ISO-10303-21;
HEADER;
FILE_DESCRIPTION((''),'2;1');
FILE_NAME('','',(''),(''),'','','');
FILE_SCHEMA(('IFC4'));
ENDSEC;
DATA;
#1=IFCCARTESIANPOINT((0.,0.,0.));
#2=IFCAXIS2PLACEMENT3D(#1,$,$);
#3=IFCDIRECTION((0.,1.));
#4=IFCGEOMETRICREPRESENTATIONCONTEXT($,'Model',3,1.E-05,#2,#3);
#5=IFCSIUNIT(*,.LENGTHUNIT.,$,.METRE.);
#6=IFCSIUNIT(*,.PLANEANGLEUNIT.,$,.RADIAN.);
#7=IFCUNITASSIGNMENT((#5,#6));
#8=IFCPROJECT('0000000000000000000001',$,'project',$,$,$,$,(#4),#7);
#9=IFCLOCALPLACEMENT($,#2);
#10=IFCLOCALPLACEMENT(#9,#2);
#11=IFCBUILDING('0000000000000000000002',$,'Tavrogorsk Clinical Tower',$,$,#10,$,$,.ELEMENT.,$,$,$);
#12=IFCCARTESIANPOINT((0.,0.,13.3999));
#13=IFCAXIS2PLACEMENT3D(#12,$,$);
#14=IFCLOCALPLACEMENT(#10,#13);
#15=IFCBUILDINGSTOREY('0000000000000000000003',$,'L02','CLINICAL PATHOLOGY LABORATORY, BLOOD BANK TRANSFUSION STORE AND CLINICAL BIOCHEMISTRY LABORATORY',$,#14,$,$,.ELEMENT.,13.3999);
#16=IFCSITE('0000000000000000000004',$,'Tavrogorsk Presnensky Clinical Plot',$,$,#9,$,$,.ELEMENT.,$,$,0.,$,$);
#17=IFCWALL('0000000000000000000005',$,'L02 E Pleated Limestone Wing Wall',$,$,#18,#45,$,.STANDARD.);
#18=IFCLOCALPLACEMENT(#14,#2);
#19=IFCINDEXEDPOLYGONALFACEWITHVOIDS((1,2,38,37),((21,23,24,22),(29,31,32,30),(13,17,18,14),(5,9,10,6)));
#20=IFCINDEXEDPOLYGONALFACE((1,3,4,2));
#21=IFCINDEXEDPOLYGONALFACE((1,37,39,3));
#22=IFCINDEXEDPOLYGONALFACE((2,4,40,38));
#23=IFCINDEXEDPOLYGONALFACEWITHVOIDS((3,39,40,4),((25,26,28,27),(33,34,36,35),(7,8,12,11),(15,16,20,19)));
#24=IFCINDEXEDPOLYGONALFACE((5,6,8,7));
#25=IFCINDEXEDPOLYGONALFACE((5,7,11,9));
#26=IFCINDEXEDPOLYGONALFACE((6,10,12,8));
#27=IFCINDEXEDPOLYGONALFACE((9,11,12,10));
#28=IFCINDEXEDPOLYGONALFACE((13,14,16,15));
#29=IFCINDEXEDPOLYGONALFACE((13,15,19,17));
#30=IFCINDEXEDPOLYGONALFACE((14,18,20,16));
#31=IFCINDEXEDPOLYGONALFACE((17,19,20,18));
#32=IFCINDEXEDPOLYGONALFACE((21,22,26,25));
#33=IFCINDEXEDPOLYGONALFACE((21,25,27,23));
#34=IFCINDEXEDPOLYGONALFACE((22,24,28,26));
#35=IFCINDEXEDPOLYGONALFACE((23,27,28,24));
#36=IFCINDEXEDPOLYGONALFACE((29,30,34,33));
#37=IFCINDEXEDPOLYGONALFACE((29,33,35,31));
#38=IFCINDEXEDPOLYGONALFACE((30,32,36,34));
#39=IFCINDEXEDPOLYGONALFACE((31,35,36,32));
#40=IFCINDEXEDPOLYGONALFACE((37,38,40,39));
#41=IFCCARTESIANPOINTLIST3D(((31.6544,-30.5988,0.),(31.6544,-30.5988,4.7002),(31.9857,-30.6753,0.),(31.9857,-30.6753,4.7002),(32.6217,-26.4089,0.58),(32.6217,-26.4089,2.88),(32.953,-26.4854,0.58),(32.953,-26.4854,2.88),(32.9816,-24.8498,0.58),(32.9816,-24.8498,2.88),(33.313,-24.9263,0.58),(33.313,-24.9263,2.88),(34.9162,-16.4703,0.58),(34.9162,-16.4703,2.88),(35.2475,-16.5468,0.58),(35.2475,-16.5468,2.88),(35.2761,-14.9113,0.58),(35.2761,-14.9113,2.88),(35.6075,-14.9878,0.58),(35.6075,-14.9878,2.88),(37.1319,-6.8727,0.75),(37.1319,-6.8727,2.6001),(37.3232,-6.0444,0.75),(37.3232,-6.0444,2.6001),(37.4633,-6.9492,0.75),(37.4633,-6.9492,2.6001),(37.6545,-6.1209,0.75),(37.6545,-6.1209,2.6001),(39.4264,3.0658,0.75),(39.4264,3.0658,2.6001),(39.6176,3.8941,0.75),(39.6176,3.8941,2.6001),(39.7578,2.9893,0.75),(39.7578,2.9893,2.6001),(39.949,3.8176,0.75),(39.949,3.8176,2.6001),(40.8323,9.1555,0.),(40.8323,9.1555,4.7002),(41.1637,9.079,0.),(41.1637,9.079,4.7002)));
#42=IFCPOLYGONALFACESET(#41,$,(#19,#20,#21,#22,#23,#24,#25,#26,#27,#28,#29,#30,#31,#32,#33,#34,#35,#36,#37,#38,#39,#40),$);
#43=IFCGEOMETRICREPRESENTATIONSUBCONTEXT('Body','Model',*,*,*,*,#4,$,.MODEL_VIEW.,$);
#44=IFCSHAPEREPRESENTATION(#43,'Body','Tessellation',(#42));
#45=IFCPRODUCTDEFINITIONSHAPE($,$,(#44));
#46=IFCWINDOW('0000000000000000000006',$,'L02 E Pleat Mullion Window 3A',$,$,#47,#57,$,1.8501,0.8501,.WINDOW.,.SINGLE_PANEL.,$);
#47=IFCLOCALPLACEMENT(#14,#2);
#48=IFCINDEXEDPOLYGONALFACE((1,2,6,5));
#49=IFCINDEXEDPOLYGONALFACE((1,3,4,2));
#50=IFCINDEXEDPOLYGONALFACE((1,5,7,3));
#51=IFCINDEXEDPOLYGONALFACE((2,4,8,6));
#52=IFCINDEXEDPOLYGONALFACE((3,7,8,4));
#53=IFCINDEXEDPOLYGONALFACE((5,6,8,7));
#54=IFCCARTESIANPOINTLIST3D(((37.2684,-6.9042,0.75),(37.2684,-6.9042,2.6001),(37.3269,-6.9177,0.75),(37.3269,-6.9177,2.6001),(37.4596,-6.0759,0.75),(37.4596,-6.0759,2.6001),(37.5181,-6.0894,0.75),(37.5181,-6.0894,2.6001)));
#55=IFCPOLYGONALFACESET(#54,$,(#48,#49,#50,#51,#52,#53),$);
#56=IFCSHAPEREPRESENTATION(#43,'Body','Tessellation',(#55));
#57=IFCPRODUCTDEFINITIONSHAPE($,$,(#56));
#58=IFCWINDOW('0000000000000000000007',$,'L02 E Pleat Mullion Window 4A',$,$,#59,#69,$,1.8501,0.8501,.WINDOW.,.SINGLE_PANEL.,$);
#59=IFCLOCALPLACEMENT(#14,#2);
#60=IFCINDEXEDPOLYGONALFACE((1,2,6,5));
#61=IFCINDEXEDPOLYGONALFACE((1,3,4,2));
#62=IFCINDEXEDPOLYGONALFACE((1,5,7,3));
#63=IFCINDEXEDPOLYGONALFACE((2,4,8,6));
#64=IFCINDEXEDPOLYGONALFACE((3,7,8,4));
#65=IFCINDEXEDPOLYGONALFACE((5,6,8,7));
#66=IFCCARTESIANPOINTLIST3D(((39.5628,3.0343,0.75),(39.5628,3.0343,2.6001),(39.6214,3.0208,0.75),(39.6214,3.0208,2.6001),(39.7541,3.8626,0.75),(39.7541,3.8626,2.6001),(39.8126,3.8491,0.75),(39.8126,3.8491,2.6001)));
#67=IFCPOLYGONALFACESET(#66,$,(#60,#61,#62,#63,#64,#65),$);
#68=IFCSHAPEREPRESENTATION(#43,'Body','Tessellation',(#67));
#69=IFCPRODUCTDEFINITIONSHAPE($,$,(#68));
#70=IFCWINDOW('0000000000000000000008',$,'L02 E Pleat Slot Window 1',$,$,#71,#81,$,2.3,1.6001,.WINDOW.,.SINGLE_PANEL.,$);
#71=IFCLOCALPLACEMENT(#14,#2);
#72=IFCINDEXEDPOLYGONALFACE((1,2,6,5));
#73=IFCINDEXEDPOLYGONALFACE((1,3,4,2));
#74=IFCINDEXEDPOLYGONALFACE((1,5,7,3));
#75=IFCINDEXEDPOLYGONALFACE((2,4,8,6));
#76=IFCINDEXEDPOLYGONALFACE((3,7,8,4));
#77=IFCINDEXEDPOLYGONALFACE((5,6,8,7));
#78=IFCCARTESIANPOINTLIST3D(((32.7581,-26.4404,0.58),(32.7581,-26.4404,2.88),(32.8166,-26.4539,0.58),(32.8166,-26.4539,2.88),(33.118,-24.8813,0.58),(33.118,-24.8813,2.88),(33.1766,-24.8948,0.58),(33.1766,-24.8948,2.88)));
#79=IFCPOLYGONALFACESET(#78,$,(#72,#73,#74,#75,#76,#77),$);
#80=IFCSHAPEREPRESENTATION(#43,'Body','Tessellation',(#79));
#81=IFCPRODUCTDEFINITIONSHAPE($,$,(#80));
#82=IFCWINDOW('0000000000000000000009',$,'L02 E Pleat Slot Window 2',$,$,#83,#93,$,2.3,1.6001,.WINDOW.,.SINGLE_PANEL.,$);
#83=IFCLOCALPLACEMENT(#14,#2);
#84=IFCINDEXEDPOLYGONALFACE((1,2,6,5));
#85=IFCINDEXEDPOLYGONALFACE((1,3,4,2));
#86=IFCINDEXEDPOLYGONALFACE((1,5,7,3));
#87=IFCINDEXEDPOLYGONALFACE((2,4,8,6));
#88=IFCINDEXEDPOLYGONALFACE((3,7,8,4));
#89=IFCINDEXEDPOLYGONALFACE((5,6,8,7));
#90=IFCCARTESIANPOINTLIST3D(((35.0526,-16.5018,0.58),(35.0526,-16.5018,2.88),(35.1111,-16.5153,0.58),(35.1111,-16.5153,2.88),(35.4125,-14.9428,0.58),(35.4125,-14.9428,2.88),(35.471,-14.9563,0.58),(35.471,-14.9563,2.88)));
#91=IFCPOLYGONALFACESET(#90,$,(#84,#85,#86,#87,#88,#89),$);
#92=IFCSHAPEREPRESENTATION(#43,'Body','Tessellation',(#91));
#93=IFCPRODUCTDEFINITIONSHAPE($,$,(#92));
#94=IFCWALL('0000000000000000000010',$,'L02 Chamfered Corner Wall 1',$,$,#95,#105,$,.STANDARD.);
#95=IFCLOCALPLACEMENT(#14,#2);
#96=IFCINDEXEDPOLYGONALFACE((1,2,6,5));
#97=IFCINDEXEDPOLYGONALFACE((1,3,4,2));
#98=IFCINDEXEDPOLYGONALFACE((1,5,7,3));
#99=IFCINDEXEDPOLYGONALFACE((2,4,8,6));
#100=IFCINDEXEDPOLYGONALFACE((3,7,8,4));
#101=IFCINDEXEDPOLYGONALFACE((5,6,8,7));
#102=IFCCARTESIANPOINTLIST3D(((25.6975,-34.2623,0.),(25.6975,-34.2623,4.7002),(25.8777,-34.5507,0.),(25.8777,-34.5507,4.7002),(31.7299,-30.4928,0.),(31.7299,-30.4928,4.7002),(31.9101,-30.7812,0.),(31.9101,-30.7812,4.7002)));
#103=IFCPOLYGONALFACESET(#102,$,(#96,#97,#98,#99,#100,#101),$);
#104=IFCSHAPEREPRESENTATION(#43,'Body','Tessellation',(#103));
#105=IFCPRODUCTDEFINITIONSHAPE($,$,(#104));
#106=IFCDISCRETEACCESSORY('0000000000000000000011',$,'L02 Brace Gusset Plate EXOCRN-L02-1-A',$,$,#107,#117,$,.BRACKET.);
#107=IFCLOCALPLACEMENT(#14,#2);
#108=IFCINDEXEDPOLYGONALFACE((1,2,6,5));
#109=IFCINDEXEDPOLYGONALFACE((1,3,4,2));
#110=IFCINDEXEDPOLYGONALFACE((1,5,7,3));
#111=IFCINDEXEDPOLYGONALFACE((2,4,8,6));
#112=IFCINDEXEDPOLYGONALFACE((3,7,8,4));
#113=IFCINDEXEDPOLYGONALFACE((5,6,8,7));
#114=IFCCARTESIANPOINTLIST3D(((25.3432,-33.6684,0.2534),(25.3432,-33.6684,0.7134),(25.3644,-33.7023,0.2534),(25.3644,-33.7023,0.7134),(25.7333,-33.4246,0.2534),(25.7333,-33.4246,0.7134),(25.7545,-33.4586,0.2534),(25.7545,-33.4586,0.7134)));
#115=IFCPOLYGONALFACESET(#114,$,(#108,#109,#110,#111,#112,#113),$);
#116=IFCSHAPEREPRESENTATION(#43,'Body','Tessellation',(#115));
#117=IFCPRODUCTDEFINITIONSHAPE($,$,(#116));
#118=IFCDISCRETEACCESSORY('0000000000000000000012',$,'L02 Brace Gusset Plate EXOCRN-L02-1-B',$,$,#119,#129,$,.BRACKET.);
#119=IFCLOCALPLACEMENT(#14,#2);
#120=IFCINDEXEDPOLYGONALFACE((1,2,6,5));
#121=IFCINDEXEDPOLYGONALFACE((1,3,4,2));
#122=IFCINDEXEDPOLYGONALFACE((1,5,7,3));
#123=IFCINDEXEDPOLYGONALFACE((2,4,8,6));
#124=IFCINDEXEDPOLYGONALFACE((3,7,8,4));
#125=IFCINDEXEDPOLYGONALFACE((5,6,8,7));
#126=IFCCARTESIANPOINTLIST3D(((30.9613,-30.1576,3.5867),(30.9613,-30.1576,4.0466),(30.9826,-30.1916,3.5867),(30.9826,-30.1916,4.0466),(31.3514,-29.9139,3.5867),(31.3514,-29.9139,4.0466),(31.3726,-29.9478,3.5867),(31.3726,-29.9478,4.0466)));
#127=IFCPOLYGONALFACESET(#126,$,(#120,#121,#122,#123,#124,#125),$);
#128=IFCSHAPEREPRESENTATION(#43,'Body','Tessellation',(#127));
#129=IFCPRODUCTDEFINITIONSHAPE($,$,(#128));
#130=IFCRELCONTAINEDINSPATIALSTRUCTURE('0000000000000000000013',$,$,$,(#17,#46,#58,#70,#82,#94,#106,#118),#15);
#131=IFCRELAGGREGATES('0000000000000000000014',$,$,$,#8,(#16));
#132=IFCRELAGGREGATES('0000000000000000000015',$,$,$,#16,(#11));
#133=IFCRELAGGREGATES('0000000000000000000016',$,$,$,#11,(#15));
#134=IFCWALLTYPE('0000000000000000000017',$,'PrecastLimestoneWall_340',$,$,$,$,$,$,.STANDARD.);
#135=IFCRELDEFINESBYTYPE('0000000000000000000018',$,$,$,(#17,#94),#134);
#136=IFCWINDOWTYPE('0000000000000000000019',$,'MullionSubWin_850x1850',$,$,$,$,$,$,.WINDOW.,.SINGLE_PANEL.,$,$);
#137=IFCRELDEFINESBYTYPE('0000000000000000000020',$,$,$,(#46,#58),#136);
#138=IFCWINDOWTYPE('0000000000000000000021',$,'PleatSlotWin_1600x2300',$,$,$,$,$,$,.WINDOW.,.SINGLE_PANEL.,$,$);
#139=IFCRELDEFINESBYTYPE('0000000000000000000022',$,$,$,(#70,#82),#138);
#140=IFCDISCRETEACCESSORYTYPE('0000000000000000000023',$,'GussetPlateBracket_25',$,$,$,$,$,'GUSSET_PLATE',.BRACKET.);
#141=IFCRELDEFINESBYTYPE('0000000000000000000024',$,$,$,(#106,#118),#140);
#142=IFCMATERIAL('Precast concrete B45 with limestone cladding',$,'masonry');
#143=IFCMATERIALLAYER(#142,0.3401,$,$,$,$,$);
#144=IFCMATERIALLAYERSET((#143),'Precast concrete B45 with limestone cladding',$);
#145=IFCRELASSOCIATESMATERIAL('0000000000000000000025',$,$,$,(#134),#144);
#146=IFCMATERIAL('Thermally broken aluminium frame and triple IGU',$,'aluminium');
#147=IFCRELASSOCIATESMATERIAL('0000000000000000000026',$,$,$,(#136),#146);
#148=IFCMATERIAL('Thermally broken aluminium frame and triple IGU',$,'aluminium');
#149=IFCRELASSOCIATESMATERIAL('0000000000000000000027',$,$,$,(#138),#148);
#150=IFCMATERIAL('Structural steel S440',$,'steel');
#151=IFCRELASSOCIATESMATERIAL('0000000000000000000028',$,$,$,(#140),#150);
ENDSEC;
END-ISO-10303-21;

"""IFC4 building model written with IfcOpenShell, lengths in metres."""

from ifc_helpers import new_model, si_unit, direction, frame, frame_2d, origin, origin_2d, place, context, subcontext, project, spatial, rectangle, extrude, material, layer, layer_set, type_object, element, fill, save


model = new_model("IFC4")

# Units and contexts
model_context = context("Model", 3, precision=1e-05, world=origin(), true_north=direction((0.0, 1.0)))
body_context = subcontext(model_context, "Body", "Model", "MODEL_VIEW")
ifc_project = project(units=[si_unit("LENGTHUNIT", "METRE"), si_unit("PLANEANGLEUNIT", "RADIAN")], contexts=[model_context])

# Site, building, storey
site_placement = place(None, origin())
site = spatial("IfcSite", under=ifc_project, at=site_placement, Name="Tavrogorsk Presnensky Clinical Plot", CompositionType="ELEMENT", RefElevation=0.0)
building_placement = place(site_placement, origin())
building = spatial("IfcBuilding", under=site, at=building_placement, Name="Tavrogorsk Clinical Tower", CompositionType="ELEMENT")
storey_placement = place(building_placement, frame((0.0, 0.0, 13.3999)))
storey = spatial("IfcBuildingStorey", under=building, at=storey_placement, Name="L02", Description="CLINICAL PATHOLOGY LABORATORY, BLOOD BANK TRANSFUSION STORE AND CLINICAL BIOCHEMISTRY LABORATORY", CompositionType="ELEMENT", Elevation=13.3999)

# Wall, openings, windows
ifc_material_1 = material(Name="Precast concrete B45 with limestone cladding", Category="masonry")
ifc_layer_1 = layer(ifc_material_1, 0.3401)
ifc_layer_set_1 = layer_set([ifc_layer_1], Name="Precast concrete B45 with limestone cladding")
wall_type_1 = type_object("IfcWallType", Name="PrecastLimestoneWall_340", PredefinedType="STANDARD", material=ifc_layer_set_1)
wall_1_placement = place(storey_placement, frame((31.8201, -30.637, 0.0), z_axis=(0.0, 0.0, 1.0), x_axis=(0.22495, 0.97437, 0.0)))
wall_1 = element("IfcWall", 1, at=wall_1_placement, inside=storey, type_object=wall_type_1, Name="L02 E Pleated Limestone Wing Wall", PredefinedType="STANDARD", context=body_context, shape_type="SweptSolid", body=[
    extrude(rectangle(XDim=40.8, YDim=0.3401, at=frame_2d((20.3999, 0.0))), origin(), (0.0, 0.0, 1.0), 4.7002),
])
opening_1_placement = place(wall_1_placement, frame((4.3, 0.0, 0.5801)))
opening_1 = element("IfcOpeningElement", 2, at=opening_1_placement, cuts=wall_1, PredefinedType="OPENING", context=body_context, shape_type="SweptSolid", body=[
    extrude(rectangle(XDim=1.6001, YDim=2.3, at=frame_2d((0.8, 1.1499))), frame((0.0, 0.1799, 0.0), z_axis=(0.0, -1.0, 0.0), x_axis=(1.0, 0.0, 0.0)), (0.0, 0.0, 1.0), 0.3601),
])
opening_2_placement = place(wall_1_placement, frame((14.5, 0.0, 0.5801)))
opening_2 = element("IfcOpeningElement", 3, at=opening_2_placement, cuts=wall_1, PredefinedType="OPENING", context=body_context, shape_type="SweptSolid", body=[
    extrude(rectangle(XDim=1.6001, YDim=2.3, at=frame_2d((0.8, 1.1499))), frame((0.0, 0.1799, 0.0), z_axis=(0.0, -1.0, 0.0), x_axis=(1.0, 0.0, 0.0)), (0.0, 0.0, 1.0), 0.3601),
])
opening_3_placement = place(wall_1_placement, frame((24.3501, 0.0, 0.75)))
opening_3 = element("IfcOpeningElement", 4, at=opening_3_placement, cuts=wall_1, PredefinedType="OPENING", context=body_context, shape_type="SweptSolid", body=[
    extrude(rectangle(XDim=0.8501, YDim=1.8501, at=frame_2d((0.425, 0.925))), frame((0.0, 0.1799, 0.0), z_axis=(0.0, -1.0, 0.0), x_axis=(1.0, 0.0, 0.0)), (0.0, 0.0, 1.0), 0.3601),
])
opening_4_placement = place(wall_1_placement, frame((34.55, 0.0, 0.75)))
opening_4 = element("IfcOpeningElement", 5, at=opening_4_placement, cuts=wall_1, PredefinedType="OPENING", context=body_context, shape_type="SweptSolid", body=[
    extrude(rectangle(XDim=0.8501, YDim=1.8501, at=frame_2d((0.425, 0.925))), frame((0.0, 0.1799, 0.0), z_axis=(0.0, -1.0, 0.0), x_axis=(1.0, 0.0, 0.0)), (0.0, 0.0, 1.0), 0.3601),
])
ifc_material_2 = material(Name="Thermally broken aluminium frame and triple IGU", Category="aluminium")
window_type_1 = type_object("IfcWindowType", Name="MullionSubWin_850x1850", PartitioningType="SINGLE_PANEL", PredefinedType="WINDOW", material=ifc_material_2)
window_1_placement = place(opening_3_placement, origin())
window_1 = element("IfcWindow", 6, at=window_1_placement, inside=storey, type_object=window_type_1, Name="L02 E Pleat Mullion Window 3A", OverallHeight=1.8501, OverallWidth=0.8501, PartitioningType="SINGLE_PANEL", PredefinedType="WINDOW", context=body_context, shape_type="SweptSolid", body=[
    extrude(rectangle(XDim=0.8501, YDim=1.8501, at=frame_2d((0.425, 0.925))), frame((0.0, 0.03, 0.0), z_axis=(0.0, -1.0, 0.0), x_axis=(1.0, 0.0, 0.0)), (0.0, 0.0, 1.0), 0.0601),
])
fill(opening_3, window_1)
window_2_placement = place(opening_4_placement, origin())
window_2 = element("IfcWindow", 7, at=window_2_placement, inside=storey, type_object=window_type_1, Name="L02 E Pleat Mullion Window 4A", OverallHeight=1.8501, OverallWidth=0.8501, PartitioningType="SINGLE_PANEL", PredefinedType="WINDOW", context=body_context, shape_type="SweptSolid", body=[
    extrude(rectangle(XDim=0.8501, YDim=1.8501, at=frame_2d((0.425, 0.925))), frame((0.0, 0.03, 0.0), z_axis=(0.0, -1.0, 0.0), x_axis=(1.0, 0.0, 0.0)), (0.0, 0.0, 1.0), 0.0601),
])
fill(opening_4, window_2)
ifc_material_3 = material(Name="Thermally broken aluminium frame and triple IGU", Category="aluminium")
window_type_2 = type_object("IfcWindowType", Name="PleatSlotWin_1600x2300", PartitioningType="SINGLE_PANEL", PredefinedType="WINDOW", material=ifc_material_3)
window_3_placement = place(opening_1_placement, origin())
window_3 = element("IfcWindow", 8, at=window_3_placement, inside=storey, type_object=window_type_2, Name="L02 E Pleat Slot Window 1", OverallHeight=2.3, OverallWidth=1.6001, PartitioningType="SINGLE_PANEL", PredefinedType="WINDOW", context=body_context, shape_type="SweptSolid", body=[
    extrude(rectangle(XDim=1.6001, YDim=2.3, at=frame_2d((0.8, 1.1499))), frame((0.0, 0.03, 0.0), z_axis=(0.0, -1.0, 0.0), x_axis=(1.0, 0.0, 0.0)), (0.0, 0.0, 1.0), 0.0601),
])
fill(opening_1, window_3)
window_4_placement = place(opening_2_placement, origin())
window_4 = element("IfcWindow", 9, at=window_4_placement, inside=storey, type_object=window_type_2, Name="L02 E Pleat Slot Window 2", OverallHeight=2.3, OverallWidth=1.6001, PartitioningType="SINGLE_PANEL", PredefinedType="WINDOW", context=body_context, shape_type="SweptSolid", body=[
    extrude(rectangle(XDim=1.6001, YDim=2.3, at=frame_2d((0.8, 1.1499))), frame((0.0, 0.03, 0.0), z_axis=(0.0, -1.0, 0.0), x_axis=(1.0, 0.0, 0.0)), (0.0, 0.0, 1.0), 0.0601),
])
fill(opening_2, window_4)

# Wall
wall_2_placement = place(storey_placement, frame((25.7876, -34.4065, 0.0), z_axis=(0.0, 0.0, 1.0), x_axis=(0.848047, 0.529922, 0.0)))
element("IfcWall", 10, at=wall_2_placement, inside=storey, type_object=wall_type_1, Name="L02 Chamfered Corner Wall 1", PredefinedType="STANDARD", context=body_context, shape_type="SweptSolid", body=[
    extrude(rectangle(XDim=7.1133, YDim=0.3401, at=frame_2d((3.5566, 0.0))), origin(), (0.0, 0.0, 1.0), 4.7002),
])

# Discrete accessories
ifc_material_4 = material(Name="Structural steel S440", Category="steel")
discrete_accessory_type = type_object("IfcDiscreteAccessoryType", Name="GussetPlateBracket_25", ElementType="GUSSET_PLATE", PredefinedType="BRACKET", material=ifc_material_4)
for number, where, z_axis, x_axis, name in (
    (11, (25.5488, -33.5635, 0.2534), (0.0, 0.0, 1.0), (0.848048, 0.529919, 0.0), "L02 Brace Gusset Plate EXOCRN-L02-1-A"),
    (12, (31.167, -30.0527, 3.5867), (0.0, 0.0, 1.0), (0.848048, 0.529919, 0.0), "L02 Brace Gusset Plate EXOCRN-L02-1-B"),
):
    element("IfcDiscreteAccessory", number, at=place(storey_placement, frame(where, z_axis=z_axis, x_axis=x_axis)), inside=storey, type_object=discrete_accessory_type, Name=name, PredefinedType="BRACKET", context=body_context, shape_type="SweptSolid", body=[
        extrude(rectangle(XDim=0.46, YDim=0.04, at=origin_2d()), origin(), (0.0, 0.0, 1.0), 0.46),
    ])

save(model, "model.ifc")
